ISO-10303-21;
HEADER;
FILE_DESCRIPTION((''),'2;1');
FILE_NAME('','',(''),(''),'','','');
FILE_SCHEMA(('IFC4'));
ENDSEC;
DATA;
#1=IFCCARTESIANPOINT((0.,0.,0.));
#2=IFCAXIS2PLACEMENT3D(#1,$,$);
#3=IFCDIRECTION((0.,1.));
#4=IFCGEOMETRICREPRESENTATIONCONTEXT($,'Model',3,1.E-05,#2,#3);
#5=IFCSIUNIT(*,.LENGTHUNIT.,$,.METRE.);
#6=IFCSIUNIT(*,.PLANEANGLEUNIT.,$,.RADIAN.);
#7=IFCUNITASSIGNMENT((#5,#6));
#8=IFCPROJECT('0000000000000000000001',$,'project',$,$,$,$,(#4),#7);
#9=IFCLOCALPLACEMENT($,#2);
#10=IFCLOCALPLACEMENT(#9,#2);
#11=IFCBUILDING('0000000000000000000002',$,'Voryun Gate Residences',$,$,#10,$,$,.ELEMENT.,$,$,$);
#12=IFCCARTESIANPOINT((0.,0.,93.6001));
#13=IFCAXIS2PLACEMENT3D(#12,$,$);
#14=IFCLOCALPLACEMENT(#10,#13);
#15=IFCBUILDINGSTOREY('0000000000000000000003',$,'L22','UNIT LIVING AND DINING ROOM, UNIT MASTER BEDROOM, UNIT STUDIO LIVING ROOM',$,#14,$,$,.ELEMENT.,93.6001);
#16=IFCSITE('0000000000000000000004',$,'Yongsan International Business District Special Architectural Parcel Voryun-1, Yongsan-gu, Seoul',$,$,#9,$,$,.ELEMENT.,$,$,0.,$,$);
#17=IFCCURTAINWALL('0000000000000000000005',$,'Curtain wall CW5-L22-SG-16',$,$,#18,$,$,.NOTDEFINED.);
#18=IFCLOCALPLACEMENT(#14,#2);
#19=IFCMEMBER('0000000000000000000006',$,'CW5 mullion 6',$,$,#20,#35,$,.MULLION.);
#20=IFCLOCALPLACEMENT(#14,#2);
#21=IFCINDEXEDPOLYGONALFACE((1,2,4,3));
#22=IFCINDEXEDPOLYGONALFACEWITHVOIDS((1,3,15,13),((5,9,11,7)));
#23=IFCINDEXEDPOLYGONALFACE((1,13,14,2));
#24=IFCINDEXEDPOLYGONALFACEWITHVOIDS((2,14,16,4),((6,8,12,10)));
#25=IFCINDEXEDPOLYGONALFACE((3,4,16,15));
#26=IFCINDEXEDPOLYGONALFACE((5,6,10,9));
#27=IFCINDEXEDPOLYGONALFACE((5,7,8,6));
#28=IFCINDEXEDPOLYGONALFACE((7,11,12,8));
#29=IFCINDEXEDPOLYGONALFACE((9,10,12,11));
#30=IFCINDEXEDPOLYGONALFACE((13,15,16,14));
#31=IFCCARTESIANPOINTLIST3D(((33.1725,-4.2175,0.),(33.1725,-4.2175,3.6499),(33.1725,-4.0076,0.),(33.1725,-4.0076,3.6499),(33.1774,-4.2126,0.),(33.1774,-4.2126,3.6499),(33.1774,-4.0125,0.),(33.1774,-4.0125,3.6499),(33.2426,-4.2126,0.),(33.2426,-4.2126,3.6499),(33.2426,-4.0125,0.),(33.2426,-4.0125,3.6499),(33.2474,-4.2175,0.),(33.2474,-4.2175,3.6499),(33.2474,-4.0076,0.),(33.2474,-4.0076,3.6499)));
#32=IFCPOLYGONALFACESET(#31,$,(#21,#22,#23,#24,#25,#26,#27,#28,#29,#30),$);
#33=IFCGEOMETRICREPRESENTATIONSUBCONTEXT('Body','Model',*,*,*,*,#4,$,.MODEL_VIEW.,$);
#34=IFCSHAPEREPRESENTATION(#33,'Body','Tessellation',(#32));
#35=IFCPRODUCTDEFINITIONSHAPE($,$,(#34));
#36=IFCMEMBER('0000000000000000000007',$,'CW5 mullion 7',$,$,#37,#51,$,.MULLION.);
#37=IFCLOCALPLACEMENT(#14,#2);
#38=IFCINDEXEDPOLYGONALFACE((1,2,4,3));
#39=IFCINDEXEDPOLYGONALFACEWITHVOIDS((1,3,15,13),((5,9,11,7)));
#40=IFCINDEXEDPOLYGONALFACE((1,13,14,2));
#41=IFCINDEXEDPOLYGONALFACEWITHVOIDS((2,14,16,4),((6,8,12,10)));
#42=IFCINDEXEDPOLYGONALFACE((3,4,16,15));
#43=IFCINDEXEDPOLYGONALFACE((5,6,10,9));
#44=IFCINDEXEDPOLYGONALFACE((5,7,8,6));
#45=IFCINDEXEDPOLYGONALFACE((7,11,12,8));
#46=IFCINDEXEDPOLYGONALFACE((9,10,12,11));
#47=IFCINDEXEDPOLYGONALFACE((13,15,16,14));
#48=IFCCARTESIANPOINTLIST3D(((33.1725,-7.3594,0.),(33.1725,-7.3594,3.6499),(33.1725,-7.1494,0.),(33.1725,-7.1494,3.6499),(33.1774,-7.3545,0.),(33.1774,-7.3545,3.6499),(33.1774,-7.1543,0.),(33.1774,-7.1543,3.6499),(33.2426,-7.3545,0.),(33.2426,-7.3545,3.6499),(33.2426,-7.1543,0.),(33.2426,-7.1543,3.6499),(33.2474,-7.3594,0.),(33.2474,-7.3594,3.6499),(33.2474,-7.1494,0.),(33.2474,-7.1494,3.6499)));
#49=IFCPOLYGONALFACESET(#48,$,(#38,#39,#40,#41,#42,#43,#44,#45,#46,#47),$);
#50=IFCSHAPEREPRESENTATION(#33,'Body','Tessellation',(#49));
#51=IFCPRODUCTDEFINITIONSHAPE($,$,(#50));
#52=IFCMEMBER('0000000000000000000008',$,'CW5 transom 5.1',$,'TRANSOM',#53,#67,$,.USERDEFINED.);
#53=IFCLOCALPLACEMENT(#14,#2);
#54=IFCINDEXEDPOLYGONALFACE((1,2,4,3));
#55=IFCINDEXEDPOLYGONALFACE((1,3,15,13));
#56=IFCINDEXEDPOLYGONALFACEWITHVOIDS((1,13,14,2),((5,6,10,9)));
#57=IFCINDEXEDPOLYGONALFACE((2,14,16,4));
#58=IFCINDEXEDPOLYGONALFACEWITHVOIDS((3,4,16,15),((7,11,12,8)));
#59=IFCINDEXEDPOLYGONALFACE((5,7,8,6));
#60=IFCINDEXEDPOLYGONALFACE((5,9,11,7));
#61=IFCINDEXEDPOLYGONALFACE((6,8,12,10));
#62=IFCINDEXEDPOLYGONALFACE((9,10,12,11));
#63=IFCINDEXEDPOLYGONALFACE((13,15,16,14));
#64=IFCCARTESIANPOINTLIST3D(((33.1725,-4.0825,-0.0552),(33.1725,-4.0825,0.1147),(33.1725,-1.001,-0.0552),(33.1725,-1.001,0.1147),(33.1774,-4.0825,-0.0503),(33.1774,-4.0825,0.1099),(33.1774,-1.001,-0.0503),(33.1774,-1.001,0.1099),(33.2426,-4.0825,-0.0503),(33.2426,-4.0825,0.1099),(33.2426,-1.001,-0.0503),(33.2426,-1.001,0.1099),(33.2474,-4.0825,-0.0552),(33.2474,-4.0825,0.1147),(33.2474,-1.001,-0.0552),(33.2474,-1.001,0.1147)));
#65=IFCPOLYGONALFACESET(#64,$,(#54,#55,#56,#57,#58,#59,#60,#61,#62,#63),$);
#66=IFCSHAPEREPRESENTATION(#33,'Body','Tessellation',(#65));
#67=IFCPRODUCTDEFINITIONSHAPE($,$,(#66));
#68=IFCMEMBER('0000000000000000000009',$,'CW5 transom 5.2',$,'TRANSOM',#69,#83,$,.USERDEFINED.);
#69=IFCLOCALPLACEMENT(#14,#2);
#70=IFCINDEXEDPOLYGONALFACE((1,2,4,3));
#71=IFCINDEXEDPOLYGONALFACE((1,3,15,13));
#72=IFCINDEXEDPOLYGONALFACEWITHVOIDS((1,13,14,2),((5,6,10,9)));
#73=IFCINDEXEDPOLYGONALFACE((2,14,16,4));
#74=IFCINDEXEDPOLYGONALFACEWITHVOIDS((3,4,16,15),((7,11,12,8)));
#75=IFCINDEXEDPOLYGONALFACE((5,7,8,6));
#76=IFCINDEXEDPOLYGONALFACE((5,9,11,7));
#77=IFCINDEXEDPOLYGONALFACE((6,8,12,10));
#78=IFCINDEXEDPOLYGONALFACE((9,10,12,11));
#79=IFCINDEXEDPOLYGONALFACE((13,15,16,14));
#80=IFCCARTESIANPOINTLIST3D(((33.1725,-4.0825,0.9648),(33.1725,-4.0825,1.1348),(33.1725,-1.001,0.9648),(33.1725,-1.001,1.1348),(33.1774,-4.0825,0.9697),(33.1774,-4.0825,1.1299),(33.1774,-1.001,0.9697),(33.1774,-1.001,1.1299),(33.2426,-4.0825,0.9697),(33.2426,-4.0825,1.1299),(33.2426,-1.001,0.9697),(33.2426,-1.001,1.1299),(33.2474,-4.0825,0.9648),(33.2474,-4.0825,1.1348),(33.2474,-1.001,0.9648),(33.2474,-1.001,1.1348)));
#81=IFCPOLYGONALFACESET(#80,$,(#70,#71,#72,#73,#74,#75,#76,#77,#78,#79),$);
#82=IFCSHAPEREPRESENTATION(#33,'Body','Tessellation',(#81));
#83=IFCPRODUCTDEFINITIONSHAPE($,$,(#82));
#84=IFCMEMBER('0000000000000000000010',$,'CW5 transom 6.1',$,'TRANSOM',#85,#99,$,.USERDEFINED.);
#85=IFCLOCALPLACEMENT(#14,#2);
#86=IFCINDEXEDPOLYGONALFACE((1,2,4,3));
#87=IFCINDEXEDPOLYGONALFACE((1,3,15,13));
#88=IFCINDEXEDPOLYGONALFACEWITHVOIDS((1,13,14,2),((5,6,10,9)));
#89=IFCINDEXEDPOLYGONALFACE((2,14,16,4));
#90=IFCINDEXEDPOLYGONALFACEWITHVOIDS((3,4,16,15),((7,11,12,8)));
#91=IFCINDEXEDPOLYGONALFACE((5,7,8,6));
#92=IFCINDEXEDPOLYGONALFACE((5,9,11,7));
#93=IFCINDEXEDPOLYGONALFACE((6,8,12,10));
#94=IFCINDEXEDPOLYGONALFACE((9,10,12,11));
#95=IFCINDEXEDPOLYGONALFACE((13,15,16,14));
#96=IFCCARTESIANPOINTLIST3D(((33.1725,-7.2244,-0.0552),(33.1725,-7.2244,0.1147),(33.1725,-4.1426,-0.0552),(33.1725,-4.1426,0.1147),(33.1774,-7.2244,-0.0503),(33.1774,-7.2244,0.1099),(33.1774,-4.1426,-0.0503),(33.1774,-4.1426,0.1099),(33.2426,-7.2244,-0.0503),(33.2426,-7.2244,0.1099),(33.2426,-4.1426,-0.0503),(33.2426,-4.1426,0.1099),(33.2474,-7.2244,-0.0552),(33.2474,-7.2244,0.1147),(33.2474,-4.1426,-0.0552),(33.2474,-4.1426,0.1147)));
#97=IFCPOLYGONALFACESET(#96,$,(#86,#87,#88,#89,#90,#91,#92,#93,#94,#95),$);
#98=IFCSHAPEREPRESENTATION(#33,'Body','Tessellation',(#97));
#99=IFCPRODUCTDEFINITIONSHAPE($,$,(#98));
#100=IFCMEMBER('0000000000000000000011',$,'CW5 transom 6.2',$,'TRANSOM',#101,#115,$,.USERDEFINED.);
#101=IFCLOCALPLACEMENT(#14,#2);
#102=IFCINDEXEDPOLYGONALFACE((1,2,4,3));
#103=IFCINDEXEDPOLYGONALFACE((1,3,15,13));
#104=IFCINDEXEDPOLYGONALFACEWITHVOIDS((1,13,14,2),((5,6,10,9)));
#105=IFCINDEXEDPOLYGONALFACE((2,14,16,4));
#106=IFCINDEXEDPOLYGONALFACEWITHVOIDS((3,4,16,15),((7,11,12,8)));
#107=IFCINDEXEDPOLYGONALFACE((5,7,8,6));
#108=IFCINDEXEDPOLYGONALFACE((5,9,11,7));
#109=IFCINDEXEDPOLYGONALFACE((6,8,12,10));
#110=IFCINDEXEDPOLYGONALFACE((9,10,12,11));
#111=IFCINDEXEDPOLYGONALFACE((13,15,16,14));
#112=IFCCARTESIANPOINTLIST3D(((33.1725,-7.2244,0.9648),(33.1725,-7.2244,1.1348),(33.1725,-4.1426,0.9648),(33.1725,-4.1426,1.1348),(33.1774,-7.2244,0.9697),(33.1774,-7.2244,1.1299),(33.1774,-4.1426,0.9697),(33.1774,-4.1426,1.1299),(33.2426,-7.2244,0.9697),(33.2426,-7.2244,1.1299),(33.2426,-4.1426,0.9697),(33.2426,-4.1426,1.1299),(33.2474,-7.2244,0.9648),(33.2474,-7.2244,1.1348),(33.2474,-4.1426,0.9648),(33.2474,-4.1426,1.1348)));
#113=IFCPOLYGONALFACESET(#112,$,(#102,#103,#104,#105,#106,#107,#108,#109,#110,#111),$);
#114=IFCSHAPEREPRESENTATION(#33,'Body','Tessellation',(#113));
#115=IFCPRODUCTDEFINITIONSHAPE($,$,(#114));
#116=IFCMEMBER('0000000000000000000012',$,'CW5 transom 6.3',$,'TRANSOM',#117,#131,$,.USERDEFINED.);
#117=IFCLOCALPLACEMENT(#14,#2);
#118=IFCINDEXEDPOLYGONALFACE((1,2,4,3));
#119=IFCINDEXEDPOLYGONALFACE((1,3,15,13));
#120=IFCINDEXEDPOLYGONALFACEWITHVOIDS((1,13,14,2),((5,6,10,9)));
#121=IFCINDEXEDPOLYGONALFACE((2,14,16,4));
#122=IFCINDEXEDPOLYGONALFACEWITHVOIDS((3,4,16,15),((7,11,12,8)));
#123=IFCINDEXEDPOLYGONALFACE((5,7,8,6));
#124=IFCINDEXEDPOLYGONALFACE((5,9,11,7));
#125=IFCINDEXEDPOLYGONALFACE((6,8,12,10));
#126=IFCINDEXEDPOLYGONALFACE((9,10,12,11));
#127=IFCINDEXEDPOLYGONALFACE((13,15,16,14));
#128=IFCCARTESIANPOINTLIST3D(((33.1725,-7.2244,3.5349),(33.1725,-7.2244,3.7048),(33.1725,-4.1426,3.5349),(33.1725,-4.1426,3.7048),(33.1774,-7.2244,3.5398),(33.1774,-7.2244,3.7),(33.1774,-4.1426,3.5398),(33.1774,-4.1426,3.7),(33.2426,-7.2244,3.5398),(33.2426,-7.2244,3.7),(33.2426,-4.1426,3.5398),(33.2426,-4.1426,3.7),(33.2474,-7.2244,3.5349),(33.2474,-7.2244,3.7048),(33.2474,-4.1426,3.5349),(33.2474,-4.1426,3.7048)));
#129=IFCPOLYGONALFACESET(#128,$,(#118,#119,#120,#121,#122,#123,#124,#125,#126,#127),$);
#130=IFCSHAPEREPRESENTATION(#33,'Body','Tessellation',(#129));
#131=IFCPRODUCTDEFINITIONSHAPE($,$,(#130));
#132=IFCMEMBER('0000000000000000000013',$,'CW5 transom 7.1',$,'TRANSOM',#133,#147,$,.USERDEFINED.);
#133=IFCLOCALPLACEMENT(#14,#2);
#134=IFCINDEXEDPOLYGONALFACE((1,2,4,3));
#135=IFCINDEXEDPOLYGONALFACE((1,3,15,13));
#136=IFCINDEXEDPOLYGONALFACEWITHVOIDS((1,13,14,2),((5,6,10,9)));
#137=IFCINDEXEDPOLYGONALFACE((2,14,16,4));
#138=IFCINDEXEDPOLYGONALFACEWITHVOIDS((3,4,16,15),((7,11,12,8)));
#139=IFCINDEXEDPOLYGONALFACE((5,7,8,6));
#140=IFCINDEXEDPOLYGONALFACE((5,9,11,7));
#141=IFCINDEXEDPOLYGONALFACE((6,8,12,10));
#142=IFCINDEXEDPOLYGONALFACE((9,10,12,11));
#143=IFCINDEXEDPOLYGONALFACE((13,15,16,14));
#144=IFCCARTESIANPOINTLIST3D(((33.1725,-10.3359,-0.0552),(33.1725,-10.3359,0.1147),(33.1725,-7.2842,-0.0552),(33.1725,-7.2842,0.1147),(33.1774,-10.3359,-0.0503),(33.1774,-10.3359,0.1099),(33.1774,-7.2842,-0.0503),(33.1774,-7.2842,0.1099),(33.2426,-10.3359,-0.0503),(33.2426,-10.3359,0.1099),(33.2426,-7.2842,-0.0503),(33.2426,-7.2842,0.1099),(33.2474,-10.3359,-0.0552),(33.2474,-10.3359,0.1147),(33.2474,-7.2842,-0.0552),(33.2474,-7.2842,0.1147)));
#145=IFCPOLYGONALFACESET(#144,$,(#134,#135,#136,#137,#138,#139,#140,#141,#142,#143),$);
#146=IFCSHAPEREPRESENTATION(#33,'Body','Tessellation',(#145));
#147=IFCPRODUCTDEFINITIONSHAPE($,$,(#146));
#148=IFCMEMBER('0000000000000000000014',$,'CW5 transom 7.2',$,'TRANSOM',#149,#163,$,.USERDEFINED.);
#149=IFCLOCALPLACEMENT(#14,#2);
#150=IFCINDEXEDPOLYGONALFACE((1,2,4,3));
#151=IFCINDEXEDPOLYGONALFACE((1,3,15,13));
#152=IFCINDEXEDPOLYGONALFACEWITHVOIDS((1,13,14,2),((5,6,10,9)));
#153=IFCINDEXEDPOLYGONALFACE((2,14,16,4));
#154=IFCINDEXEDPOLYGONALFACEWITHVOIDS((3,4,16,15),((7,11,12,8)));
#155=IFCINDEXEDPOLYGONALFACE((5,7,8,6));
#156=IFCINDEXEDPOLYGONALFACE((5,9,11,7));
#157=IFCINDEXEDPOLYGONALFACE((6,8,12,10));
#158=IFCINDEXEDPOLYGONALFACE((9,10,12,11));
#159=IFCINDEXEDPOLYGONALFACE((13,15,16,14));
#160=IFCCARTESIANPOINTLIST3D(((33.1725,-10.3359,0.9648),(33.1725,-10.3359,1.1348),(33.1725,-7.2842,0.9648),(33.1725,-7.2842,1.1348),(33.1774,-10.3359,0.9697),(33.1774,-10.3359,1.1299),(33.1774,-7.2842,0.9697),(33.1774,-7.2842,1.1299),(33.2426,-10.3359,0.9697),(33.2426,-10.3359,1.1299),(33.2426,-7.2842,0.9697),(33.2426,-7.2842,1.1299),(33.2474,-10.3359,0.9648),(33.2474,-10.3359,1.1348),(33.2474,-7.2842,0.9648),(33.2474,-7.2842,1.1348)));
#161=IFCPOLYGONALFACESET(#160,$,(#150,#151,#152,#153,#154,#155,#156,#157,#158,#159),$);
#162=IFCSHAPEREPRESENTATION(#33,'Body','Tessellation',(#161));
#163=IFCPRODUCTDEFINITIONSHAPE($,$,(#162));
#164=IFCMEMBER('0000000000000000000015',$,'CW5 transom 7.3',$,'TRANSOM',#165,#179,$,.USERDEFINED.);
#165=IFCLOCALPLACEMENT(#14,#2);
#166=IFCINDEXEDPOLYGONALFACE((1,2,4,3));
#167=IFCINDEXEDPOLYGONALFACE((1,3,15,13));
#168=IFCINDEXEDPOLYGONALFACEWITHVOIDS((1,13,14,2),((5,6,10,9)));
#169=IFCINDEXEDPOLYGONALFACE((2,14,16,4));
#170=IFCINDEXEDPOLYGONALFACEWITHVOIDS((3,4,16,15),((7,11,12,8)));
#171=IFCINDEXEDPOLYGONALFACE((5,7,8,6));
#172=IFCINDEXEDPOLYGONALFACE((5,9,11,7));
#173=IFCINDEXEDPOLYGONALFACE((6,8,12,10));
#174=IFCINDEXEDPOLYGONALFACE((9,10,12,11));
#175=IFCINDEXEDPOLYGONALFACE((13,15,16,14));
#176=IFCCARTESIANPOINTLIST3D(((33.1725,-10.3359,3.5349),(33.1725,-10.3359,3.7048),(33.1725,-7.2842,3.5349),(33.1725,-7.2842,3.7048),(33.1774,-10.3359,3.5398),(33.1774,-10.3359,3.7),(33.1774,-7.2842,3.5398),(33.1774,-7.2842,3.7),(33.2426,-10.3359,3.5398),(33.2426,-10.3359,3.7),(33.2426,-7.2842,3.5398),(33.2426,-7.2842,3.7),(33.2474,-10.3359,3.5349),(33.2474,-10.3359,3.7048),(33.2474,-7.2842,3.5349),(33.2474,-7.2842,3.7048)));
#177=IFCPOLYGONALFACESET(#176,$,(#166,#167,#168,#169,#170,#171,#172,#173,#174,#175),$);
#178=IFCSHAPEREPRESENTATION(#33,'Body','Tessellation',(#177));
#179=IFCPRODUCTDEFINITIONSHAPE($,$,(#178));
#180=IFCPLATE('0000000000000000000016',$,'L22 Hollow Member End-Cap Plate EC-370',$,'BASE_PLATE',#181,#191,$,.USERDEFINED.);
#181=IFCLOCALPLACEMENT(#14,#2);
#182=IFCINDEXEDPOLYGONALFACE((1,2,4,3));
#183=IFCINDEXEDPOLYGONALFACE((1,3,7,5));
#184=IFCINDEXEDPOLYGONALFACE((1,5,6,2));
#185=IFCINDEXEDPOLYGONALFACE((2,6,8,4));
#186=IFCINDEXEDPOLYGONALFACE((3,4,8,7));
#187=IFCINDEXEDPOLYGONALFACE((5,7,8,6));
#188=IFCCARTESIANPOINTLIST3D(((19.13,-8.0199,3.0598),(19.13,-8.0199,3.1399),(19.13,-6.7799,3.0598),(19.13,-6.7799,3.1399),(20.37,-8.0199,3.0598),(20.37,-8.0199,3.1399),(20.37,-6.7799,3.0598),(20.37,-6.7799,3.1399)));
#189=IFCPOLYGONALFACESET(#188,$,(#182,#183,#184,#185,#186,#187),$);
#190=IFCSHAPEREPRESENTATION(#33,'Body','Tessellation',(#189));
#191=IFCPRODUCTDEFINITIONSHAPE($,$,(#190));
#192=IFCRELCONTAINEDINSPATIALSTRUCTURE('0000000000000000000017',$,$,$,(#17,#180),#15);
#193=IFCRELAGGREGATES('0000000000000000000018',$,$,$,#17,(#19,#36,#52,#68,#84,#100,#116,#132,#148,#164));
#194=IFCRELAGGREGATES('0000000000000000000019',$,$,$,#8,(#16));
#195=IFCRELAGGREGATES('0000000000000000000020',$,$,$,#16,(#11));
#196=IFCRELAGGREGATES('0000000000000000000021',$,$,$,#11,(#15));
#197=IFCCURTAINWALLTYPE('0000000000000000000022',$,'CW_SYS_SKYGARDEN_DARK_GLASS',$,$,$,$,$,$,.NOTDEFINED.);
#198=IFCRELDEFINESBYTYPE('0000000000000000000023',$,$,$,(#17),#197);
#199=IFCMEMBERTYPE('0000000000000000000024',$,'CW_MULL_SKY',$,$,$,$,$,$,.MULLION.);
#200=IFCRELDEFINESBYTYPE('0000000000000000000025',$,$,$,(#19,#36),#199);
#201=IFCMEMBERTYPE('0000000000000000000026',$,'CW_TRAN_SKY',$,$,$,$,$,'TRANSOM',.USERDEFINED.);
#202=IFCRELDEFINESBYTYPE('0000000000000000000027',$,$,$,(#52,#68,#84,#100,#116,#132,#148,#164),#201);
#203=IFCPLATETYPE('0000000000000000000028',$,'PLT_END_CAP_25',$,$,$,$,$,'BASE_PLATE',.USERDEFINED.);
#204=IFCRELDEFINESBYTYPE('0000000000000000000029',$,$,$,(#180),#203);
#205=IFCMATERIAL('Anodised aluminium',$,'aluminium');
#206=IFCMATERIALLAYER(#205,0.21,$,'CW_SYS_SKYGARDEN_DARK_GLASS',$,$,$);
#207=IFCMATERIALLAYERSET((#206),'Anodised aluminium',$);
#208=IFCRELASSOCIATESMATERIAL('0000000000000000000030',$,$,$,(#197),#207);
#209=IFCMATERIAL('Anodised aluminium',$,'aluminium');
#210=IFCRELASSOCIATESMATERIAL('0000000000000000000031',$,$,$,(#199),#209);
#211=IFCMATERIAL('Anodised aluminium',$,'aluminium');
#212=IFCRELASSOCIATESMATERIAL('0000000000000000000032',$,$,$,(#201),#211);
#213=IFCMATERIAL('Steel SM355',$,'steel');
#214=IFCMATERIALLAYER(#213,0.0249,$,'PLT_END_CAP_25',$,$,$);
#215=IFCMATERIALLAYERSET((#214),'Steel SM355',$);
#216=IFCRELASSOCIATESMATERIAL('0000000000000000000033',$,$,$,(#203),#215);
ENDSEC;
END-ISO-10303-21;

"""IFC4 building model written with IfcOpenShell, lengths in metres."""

from ifc_helpers import new_model, si_unit, direction, frame, origin, origin_2d, place, context, subcontext, project, spatial, rectangle, hollow_rectangle, extrude, material, layer, layer_set, material_profile, profile_set, type_object, element, aggregate, save


model = new_model("IFC4")

# Units and contexts
model_context = context("Model", 3, precision=1e-05, world=origin(), true_north=direction((0.0, 1.0)))
body_context = subcontext(model_context, "Body", "Model", "MODEL_VIEW")
ifc_project = project(units=[si_unit("LENGTHUNIT", "METRE"), si_unit("PLANEANGLEUNIT", "RADIAN")], contexts=[model_context])

# Site, building, storey
site_placement = place(None, origin())
site = spatial("IfcSite", under=ifc_project, at=site_placement, Name="Yongsan International Business District Special Architectural Parcel Voryun-1, Yongsan-gu, Seoul", CompositionType="ELEMENT", RefElevation=0.0)
building_placement = place(site_placement, origin())
building = spatial("IfcBuilding", under=site, at=building_placement, Name="Voryun Gate Residences", CompositionType="ELEMENT")
storey_placement = place(building_placement, frame((0.0, 0.0, 93.6001)))
storey = spatial("IfcBuildingStorey", under=building, at=storey_placement, Name="L22", Description="UNIT LIVING AND DINING ROOM, UNIT MASTER BEDROOM, UNIT STUDIO LIVING ROOM", CompositionType="ELEMENT", Elevation=93.6001)

# Curtain wall, members
ifc_material_1 = material(Name="Anodised aluminium", Category="aluminium")
ifc_layer_1 = layer(ifc_material_1, 0.21, Name="CW_SYS_SKYGARDEN_DARK_GLASS")
ifc_layer_set_1 = layer_set([ifc_layer_1], Name="Anodised aluminium")
curtain_wall_type = type_object("IfcCurtainWallType", Name="CW_SYS_SKYGARDEN_DARK_GLASS", PredefinedType="NOTDEFINED", material=ifc_layer_set_1)
curtain_wall_placement = place(storey_placement, origin())
curtain_wall = element("IfcCurtainWall", 1, at=curtain_wall_placement, inside=storey, type_object=curtain_wall_type, Name="Curtain wall CW5-L22-SG-16", PredefinedType="NOTDEFINED")
ifc_material_2 = material(Name="Anodised aluminium", Category="aluminium")
ifc_material_profile_1 = material_profile(ifc_material_2, hollow_rectangle(XDim=0.075, YDim=0.21, WallThickness=0.0049, at=origin_2d()), Name="ALU-MULL-210x75x5")
ifc_profile_set_1 = profile_set([ifc_material_profile_1], Name="Anodised aluminium")
member_type_1 = type_object("IfcMemberType", Name="CW_MULL_SKY", PredefinedType="MULLION", material=ifc_profile_set_1)
member_1_placement = place(storey_placement, frame((33.21, -4.1125, 0.0), z_axis=(0.0, 0.0, 1.0), x_axis=(1.0, 0.0, 0.0)))
member_1 = element("IfcMember", 2, at=member_1_placement, type_object=member_type_1, Name="CW5 mullion 6", PredefinedType="MULLION", context=body_context, shape_type="SweptSolid", body=[
    extrude(hollow_rectangle(XDim=0.075, YDim=0.21, WallThickness=0.0049, at=origin_2d()), origin(), (0.0, 0.0, 1.0), 3.6499),
])
member_2_placement = place(storey_placement, frame((33.21, -7.2544, 0.0), z_axis=(0.0, 0.0, 1.0), x_axis=(1.0, 0.0, 0.0)))
member_2 = element("IfcMember", 3, at=member_2_placement, type_object=member_type_1, Name="CW5 mullion 7", PredefinedType="MULLION", context=body_context, shape_type="SweptSolid", body=[
    extrude(hollow_rectangle(XDim=0.075, YDim=0.21, WallThickness=0.0049, at=origin_2d()), origin(), (0.0, 0.0, 1.0), 3.6499),
])
ifc_material_3 = material(Name="Anodised aluminium", Category="aluminium")
ifc_material_profile_2 = material_profile(ifc_material_3, hollow_rectangle(XDim=0.075, YDim=0.1699, WallThickness=0.0049, at=origin_2d()), Name="ALU-TRAN-170x75x5")
ifc_profile_set_2 = profile_set([ifc_material_profile_2], Name="Anodised aluminium")
member_type_2 = type_object("IfcMemberType", Name="CW_TRAN_SKY", ElementType="TRANSOM", PredefinedType="USERDEFINED", material=ifc_profile_set_2)
member_3_placement = place(storey_placement, frame((33.21, -1.001, 0.0298), z_axis=(0.0, -1.0, 0.0), x_axis=(1.0, 0.0, 0.0)))
member_3 = element("IfcMember", 4, at=member_3_placement, type_object=member_type_2, Name="CW5 transom 5.1", ObjectType="TRANSOM", PredefinedType="USERDEFINED", context=body_context, shape_type="SweptSolid", body=[
    extrude(hollow_rectangle(XDim=0.075, YDim=0.1699, WallThickness=0.0049, at=origin_2d()), origin(), (0.0, 0.0, 1.0), 3.0815),
])
member_4_placement = place(storey_placement, frame((33.21, -1.001, 1.0498), z_axis=(0.0, -1.0, 0.0), x_axis=(1.0, 0.0, 0.0)))
member_4 = element("IfcMember", 5, at=member_4_placement, type_object=member_type_2, Name="CW5 transom 5.2", ObjectType="TRANSOM", PredefinedType="USERDEFINED", context=body_context, shape_type="SweptSolid", body=[
    extrude(hollow_rectangle(XDim=0.075, YDim=0.1699, WallThickness=0.0049, at=origin_2d()), origin(), (0.0, 0.0, 1.0), 3.0815),
])
member_5_placement = place(storey_placement, frame((33.21, -4.1426, 0.0298), z_axis=(0.0, -1.0, 0.0), x_axis=(1.0, 0.0, 0.0)))
member_5 = element("IfcMember", 6, at=member_5_placement, type_object=member_type_2, Name="CW5 transom 6.1", ObjectType="TRANSOM", PredefinedType="USERDEFINED", context=body_context, shape_type="SweptSolid", body=[
    extrude(hollow_rectangle(XDim=0.075, YDim=0.1699, WallThickness=0.0049, at=origin_2d()), origin(), (0.0, 0.0, 1.0), 3.0818),
])
member_6_placement = place(storey_placement, frame((33.21, -4.1426, 1.0498), z_axis=(0.0, -1.0, 0.0), x_axis=(1.0, 0.0, 0.0)))
member_6 = element("IfcMember", 7, at=member_6_placement, type_object=member_type_2, Name="CW5 transom 6.2", ObjectType="TRANSOM", PredefinedType="USERDEFINED", context=body_context, shape_type="SweptSolid", body=[
    extrude(hollow_rectangle(XDim=0.075, YDim=0.1699, WallThickness=0.0049, at=origin_2d()), origin(), (0.0, 0.0, 1.0), 3.0818),
])
member_7_placement = place(storey_placement, frame((33.21, -4.1426, 3.6199), z_axis=(0.0, -1.0, 0.0), x_axis=(1.0, 0.0, 0.0)))
member_7 = element("IfcMember", 8, at=member_7_placement, type_object=member_type_2, Name="CW5 transom 6.3", ObjectType="TRANSOM", PredefinedType="USERDEFINED", context=body_context, shape_type="SweptSolid", body=[
    extrude(hollow_rectangle(XDim=0.075, YDim=0.1699, WallThickness=0.0049, at=origin_2d()), origin(), (0.0, 0.0, 1.0), 3.0818),
])
member_8_placement = place(storey_placement, frame((33.21, -7.2842, 0.0298), z_axis=(0.0, -1.0, 0.0), x_axis=(1.0, 0.0, 0.0)))
member_8 = element("IfcMember", 9, at=member_8_placement, type_object=member_type_2, Name="CW5 transom 7.1", ObjectType="TRANSOM", PredefinedType="USERDEFINED", context=body_context, shape_type="SweptSolid", body=[
    extrude(hollow_rectangle(XDim=0.075, YDim=0.1699, WallThickness=0.0049, at=origin_2d()), origin(), (0.0, 0.0, 1.0), 3.0518),
])
member_9_placement = place(storey_placement, frame((33.21, -7.2842, 1.0498), z_axis=(0.0, -1.0, 0.0), x_axis=(1.0, 0.0, 0.0)))
member_9 = element("IfcMember", 10, at=member_9_placement, type_object=member_type_2, Name="CW5 transom 7.2", ObjectType="TRANSOM", PredefinedType="USERDEFINED", context=body_context, shape_type="SweptSolid", body=[
    extrude(hollow_rectangle(XDim=0.075, YDim=0.1699, WallThickness=0.0049, at=origin_2d()), origin(), (0.0, 0.0, 1.0), 3.0518),
])
member_10_placement = place(storey_placement, frame((33.21, -7.2842, 3.6199), z_axis=(0.0, -1.0, 0.0), x_axis=(1.0, 0.0, 0.0)))
member_10 = element("IfcMember", 11, at=member_10_placement, type_object=member_type_2, Name="CW5 transom 7.3", ObjectType="TRANSOM", PredefinedType="USERDEFINED", context=body_context, shape_type="SweptSolid", body=[
    extrude(hollow_rectangle(XDim=0.075, YDim=0.1699, WallThickness=0.0049, at=origin_2d()), origin(), (0.0, 0.0, 1.0), 3.0518),
])

# Plate
ifc_material_4 = material(Name="Steel SM355", Category="steel")
ifc_layer_2 = layer(ifc_material_4, 0.0249, Name="PLT_END_CAP_25")
ifc_layer_set_2 = layer_set([ifc_layer_2], Name="Steel SM355")
plate_type_1 = type_object("IfcPlateType", Name="PLT_END_CAP_25", ElementType="BASE_PLATE", PredefinedType="USERDEFINED", material=ifc_layer_set_2)
for number, where, z_axis, x_axis, name in (
    (12, (19.75, -7.3999, 3.0598), (0.0, 0.0, 1.0), (1.0, 0.0, 0.0), "L22 Hollow Member End-Cap Plate EC-370"),
):
    element("IfcPlate", number, at=place(storey_placement, frame(where, z_axis=z_axis, x_axis=x_axis)), inside=storey, type_object=plate_type_1, Name=name, ObjectType="BASE_PLATE", PredefinedType="USERDEFINED", context=body_context, shape_type="SweptSolid", body=[
        extrude(rectangle(XDim=1.24, YDim=1.24, at=origin_2d()), origin(), (0.0, 0.0, 1.0), 0.0801),
    ])

aggregate(curtain_wall, [member_1, member_2, member_3, member_4, member_5, member_6, member_7, member_8, member_9, member_10])

save(model, "model.ifc")
